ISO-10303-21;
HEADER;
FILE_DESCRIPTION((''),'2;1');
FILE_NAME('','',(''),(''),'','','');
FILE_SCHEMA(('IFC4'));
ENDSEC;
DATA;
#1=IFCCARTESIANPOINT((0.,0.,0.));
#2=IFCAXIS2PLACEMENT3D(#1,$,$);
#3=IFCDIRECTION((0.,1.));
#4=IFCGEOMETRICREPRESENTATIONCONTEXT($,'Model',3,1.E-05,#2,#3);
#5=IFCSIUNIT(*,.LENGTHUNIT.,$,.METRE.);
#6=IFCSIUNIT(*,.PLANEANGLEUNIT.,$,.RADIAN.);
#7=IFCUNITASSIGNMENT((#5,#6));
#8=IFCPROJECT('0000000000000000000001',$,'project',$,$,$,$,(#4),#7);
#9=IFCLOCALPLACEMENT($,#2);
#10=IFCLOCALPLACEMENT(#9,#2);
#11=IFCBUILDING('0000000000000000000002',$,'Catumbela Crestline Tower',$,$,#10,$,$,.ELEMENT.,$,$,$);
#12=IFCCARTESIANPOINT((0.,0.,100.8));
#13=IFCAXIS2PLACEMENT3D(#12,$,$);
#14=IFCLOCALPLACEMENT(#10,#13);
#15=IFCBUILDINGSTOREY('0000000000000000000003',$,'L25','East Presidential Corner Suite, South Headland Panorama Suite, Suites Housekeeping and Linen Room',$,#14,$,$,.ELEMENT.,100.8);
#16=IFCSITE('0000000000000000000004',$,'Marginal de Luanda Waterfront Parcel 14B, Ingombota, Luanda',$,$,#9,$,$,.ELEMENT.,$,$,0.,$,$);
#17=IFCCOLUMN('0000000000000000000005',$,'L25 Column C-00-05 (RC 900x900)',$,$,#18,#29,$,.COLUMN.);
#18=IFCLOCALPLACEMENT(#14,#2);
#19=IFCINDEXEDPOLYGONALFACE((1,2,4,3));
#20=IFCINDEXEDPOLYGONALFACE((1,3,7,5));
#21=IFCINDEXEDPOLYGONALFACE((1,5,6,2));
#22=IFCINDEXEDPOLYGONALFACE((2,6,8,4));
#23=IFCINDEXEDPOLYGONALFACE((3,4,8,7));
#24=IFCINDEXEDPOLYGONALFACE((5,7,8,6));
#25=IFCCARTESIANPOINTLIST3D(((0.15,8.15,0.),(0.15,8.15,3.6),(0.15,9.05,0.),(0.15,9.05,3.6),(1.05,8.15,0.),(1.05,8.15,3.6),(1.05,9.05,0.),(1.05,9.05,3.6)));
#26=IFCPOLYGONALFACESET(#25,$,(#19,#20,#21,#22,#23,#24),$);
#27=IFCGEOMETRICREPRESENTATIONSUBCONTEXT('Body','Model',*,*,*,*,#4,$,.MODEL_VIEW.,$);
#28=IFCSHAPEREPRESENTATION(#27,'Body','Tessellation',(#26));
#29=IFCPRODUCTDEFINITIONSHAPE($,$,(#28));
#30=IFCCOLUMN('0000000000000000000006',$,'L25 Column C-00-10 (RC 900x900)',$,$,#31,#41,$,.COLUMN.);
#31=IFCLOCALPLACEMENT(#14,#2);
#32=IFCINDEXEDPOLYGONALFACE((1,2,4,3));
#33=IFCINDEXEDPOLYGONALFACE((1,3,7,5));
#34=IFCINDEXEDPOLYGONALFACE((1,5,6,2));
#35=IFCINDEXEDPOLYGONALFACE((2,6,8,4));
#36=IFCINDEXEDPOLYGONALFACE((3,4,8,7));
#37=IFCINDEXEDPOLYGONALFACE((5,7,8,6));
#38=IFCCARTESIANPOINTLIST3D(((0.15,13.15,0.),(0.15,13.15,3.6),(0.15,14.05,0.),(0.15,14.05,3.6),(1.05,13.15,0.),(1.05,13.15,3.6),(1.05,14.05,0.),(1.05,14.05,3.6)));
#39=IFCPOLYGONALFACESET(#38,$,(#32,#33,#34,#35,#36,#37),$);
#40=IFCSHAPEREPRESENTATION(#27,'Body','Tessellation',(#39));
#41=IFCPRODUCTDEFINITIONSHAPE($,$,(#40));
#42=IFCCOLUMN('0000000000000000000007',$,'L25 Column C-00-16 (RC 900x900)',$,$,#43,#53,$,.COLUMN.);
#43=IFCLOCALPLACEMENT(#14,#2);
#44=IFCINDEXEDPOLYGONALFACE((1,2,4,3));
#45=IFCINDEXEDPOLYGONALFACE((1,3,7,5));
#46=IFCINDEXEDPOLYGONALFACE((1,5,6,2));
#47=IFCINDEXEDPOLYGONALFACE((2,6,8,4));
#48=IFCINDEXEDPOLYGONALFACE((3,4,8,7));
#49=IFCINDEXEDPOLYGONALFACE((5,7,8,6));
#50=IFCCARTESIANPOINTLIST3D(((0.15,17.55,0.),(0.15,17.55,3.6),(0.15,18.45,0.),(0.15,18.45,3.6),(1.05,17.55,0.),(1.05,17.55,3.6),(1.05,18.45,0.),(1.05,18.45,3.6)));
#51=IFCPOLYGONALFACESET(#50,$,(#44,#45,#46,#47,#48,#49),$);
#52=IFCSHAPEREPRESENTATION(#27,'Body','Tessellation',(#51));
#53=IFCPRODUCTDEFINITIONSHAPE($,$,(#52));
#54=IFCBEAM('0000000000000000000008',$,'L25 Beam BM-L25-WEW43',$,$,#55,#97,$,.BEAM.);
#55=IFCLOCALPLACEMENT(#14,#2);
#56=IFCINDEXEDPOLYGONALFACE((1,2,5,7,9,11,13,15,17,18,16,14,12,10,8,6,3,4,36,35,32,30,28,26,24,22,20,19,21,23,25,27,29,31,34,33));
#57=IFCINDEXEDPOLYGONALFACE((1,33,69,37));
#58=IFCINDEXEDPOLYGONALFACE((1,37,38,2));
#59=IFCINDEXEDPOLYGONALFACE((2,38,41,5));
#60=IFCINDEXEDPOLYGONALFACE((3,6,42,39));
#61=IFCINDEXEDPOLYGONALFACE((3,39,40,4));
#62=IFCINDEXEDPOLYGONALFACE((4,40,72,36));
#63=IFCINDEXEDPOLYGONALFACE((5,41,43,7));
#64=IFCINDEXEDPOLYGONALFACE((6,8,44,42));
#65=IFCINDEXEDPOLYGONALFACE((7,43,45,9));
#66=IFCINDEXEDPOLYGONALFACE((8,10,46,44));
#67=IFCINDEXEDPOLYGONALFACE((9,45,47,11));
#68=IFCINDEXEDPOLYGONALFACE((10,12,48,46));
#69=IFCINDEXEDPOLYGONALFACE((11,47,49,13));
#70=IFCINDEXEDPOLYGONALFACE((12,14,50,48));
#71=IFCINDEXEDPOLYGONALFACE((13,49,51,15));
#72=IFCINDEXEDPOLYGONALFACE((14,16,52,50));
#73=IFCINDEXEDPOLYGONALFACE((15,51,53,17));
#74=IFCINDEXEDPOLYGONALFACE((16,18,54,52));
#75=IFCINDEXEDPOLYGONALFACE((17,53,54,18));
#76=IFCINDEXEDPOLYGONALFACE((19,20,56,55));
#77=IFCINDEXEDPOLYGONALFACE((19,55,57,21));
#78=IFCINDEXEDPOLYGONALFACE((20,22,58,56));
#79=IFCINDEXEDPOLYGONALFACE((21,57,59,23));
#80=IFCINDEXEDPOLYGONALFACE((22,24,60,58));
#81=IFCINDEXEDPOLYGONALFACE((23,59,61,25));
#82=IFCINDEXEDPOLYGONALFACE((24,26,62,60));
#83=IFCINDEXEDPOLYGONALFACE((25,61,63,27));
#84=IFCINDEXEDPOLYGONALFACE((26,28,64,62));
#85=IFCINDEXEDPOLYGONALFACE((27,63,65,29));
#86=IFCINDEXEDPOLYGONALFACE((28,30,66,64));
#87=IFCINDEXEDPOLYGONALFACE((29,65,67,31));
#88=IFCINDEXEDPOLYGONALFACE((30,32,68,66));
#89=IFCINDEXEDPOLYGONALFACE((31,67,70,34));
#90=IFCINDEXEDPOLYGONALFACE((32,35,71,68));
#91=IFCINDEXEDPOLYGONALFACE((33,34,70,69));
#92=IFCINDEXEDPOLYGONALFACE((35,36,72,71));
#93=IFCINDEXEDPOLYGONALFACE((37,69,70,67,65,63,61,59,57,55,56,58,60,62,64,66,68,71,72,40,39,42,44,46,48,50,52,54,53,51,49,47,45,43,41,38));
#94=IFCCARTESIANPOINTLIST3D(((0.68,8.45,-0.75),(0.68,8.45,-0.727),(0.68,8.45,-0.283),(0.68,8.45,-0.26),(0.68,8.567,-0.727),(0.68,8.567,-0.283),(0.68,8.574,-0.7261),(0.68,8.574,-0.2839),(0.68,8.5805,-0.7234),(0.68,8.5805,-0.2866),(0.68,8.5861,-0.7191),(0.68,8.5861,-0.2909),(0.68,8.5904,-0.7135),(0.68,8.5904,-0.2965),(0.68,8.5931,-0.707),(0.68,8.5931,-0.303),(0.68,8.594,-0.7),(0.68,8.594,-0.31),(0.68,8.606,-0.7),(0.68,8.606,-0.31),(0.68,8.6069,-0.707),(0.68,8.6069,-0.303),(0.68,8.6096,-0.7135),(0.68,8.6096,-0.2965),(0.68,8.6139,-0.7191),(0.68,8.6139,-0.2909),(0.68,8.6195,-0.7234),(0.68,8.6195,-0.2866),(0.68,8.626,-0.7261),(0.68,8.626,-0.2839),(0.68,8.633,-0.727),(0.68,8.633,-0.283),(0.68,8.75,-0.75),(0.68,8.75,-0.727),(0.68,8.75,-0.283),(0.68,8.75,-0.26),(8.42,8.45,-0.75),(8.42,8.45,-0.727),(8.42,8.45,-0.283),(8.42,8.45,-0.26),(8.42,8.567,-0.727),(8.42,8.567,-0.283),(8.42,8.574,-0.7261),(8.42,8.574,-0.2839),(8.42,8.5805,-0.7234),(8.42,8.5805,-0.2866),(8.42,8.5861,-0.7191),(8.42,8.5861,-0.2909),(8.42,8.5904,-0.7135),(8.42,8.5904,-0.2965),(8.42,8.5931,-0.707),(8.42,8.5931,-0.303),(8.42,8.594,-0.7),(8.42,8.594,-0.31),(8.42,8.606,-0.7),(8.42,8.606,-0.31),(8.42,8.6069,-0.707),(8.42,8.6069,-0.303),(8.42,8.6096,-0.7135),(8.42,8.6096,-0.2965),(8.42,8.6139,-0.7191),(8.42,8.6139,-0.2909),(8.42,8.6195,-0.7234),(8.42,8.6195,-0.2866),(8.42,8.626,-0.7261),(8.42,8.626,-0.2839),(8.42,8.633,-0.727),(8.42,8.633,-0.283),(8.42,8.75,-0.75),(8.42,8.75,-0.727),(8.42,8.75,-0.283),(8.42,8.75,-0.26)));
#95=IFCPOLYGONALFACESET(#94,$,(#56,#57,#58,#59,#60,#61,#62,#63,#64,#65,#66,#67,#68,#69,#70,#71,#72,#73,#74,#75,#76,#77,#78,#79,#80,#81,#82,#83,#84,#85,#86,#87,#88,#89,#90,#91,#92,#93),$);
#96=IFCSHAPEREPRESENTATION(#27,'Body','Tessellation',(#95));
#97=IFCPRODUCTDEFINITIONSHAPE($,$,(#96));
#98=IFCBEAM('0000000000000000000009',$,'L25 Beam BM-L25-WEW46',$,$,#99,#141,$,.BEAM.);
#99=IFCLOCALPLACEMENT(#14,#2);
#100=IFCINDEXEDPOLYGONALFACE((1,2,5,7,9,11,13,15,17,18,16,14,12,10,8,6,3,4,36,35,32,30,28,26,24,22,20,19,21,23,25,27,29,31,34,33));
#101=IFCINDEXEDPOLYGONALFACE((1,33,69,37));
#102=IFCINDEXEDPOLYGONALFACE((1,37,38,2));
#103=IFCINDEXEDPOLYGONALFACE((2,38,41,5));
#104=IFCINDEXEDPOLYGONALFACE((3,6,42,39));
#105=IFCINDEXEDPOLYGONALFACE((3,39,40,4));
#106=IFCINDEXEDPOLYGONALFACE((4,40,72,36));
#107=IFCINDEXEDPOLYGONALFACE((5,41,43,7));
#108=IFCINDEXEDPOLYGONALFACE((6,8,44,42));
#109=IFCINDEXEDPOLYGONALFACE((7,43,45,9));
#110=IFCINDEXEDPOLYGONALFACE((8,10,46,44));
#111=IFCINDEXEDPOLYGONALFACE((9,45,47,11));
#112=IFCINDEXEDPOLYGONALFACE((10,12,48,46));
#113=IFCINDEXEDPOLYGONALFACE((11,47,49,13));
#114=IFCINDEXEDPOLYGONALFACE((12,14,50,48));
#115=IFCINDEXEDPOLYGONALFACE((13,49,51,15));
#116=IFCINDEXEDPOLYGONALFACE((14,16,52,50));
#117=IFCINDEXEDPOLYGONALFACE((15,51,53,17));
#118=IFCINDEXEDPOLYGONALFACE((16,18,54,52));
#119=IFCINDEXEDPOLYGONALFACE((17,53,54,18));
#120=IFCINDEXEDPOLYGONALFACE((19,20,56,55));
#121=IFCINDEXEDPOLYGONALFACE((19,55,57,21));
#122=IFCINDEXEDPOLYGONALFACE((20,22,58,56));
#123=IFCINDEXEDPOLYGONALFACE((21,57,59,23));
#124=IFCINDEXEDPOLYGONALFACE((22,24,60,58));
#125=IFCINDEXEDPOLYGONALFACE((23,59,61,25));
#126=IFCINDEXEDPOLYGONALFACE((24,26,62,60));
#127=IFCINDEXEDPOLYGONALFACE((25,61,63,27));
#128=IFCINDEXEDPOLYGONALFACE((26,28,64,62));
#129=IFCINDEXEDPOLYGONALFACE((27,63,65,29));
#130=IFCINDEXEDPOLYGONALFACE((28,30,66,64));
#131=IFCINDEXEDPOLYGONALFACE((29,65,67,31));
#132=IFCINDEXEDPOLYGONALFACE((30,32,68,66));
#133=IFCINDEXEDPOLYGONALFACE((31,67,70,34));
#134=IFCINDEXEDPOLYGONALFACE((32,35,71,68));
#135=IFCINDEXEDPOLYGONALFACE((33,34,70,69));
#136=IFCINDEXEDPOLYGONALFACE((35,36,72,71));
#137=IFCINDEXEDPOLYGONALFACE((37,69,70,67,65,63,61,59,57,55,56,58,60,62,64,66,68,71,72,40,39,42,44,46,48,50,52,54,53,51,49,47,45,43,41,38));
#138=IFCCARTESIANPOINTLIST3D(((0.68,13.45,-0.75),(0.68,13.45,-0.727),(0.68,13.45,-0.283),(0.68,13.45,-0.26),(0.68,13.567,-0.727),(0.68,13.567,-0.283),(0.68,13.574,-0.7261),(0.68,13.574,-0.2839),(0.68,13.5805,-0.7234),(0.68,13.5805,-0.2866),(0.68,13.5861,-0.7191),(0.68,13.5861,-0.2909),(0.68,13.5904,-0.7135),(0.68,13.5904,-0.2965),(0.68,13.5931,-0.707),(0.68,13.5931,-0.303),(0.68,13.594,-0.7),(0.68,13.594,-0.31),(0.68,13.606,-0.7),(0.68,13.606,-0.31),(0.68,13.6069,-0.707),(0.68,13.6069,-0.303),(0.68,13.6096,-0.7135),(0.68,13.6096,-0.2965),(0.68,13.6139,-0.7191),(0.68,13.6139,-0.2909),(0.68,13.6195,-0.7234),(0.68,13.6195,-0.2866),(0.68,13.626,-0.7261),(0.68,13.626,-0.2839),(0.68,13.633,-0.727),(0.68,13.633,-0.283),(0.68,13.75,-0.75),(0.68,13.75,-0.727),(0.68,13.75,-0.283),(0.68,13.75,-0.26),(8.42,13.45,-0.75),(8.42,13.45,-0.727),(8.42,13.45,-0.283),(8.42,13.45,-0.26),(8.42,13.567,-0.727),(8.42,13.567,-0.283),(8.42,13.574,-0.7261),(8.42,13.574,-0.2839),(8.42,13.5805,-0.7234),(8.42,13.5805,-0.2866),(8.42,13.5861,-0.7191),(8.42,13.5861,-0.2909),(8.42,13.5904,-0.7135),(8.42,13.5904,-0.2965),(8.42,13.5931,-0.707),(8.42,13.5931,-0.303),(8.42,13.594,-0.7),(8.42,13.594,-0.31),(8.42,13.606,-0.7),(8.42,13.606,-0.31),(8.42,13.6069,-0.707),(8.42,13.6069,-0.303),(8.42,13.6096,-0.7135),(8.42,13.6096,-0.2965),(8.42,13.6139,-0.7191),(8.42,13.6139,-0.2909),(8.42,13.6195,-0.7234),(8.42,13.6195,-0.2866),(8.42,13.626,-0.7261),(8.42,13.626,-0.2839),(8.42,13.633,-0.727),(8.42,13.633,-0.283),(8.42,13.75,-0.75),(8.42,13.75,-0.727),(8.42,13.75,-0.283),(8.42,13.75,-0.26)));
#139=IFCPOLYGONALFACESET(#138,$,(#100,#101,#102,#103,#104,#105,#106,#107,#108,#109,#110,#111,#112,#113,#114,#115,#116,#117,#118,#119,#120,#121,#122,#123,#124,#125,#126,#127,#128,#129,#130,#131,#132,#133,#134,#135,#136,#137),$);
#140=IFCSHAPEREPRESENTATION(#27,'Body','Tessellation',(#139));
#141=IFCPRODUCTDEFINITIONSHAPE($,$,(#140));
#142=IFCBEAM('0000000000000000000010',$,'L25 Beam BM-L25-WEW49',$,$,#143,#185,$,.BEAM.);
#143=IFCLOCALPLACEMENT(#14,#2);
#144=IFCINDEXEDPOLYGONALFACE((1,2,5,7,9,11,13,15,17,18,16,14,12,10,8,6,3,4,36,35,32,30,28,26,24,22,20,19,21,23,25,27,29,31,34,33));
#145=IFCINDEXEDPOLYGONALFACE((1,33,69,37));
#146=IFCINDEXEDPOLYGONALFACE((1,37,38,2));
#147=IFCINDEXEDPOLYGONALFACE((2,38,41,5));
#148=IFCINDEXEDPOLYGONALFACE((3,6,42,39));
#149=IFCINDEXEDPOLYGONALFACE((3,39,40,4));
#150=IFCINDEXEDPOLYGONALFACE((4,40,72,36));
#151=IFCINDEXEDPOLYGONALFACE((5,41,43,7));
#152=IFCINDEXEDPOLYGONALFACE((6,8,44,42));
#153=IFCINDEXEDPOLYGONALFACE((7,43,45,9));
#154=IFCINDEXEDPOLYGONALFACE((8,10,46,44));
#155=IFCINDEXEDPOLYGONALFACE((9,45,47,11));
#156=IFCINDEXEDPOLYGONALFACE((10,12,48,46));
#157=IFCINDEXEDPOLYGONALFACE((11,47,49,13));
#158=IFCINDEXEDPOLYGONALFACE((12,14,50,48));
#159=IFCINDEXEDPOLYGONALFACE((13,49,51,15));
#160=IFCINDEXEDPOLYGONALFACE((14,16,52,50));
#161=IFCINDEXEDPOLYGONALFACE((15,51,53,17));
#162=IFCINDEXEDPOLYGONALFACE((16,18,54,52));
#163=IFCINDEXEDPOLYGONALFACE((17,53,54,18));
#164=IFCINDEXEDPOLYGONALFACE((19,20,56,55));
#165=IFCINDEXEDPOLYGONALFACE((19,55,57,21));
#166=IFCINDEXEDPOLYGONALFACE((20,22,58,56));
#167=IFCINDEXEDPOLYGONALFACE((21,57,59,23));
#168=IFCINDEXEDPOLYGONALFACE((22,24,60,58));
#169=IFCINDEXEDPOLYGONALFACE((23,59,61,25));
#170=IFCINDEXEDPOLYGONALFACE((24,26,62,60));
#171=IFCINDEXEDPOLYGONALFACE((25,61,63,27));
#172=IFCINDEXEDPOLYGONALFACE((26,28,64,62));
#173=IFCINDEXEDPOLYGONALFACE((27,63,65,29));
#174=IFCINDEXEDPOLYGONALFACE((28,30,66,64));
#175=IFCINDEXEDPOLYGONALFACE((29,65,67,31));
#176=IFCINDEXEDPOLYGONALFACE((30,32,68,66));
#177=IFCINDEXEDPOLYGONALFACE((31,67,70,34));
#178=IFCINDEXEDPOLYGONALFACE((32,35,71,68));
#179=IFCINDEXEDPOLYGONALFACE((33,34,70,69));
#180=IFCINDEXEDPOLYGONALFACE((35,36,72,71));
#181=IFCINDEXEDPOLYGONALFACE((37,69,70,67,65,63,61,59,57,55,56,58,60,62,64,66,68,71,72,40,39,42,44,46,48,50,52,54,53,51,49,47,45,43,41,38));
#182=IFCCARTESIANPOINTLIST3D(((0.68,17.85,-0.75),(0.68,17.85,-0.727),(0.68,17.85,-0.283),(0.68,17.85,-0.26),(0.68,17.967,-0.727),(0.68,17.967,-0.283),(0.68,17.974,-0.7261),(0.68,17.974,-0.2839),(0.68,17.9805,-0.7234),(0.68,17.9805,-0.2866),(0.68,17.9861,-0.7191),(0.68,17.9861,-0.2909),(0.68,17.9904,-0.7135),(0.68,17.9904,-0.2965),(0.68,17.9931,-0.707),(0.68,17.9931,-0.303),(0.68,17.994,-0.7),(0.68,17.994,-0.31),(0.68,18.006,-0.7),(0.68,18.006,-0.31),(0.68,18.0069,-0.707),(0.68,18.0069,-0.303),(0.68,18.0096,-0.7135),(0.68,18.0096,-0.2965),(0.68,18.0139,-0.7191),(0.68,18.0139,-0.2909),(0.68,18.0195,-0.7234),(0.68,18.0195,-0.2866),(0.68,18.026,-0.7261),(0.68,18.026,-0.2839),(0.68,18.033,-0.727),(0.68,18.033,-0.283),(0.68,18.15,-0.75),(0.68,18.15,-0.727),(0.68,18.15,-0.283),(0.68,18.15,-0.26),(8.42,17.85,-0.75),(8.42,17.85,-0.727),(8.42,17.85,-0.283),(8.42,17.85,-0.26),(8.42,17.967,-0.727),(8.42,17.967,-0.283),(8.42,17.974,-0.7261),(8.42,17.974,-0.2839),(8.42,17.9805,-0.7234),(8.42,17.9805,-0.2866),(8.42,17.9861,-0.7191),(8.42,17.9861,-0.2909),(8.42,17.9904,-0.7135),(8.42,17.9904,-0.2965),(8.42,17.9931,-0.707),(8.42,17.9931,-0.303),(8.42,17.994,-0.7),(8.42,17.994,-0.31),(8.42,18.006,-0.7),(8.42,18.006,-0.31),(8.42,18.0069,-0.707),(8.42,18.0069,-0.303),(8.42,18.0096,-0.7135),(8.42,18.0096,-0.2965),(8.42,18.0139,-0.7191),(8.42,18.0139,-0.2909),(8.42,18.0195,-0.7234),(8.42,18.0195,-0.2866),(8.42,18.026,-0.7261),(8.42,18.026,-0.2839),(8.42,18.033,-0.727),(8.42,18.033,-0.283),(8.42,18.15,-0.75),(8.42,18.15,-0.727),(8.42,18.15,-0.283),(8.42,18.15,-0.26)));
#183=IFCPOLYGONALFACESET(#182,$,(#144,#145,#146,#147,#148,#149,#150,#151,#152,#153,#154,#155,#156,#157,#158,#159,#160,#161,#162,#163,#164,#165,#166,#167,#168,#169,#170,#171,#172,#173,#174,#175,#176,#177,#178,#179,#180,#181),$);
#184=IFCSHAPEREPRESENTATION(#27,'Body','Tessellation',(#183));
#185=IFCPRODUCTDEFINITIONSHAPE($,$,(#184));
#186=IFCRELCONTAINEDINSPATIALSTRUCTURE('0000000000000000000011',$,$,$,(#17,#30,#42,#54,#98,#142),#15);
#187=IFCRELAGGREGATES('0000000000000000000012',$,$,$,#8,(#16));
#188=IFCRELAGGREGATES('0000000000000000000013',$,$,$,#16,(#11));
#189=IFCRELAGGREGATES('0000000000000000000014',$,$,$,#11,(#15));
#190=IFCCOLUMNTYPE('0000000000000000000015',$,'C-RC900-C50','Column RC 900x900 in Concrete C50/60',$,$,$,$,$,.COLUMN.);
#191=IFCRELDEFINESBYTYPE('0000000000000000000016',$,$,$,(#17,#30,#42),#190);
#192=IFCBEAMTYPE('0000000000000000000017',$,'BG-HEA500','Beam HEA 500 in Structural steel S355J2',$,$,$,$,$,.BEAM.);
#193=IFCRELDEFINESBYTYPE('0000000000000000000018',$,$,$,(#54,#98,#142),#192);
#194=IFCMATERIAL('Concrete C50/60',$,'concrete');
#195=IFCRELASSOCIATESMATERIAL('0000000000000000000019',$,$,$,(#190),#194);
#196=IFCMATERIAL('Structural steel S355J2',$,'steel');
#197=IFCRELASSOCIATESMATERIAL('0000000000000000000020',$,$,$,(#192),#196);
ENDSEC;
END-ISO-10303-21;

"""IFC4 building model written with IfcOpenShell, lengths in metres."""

from ifc_helpers import new_model, si_unit, direction, frame, origin, origin_2d, place, context, subcontext, project, spatial, rectangle, i_section, extrude, material, material_profile, profile_set, type_object, element, save


model = new_model("IFC4")

# Units and contexts
model_context = context("Model", 3, precision=1e-05, world=origin(), true_north=direction((0.0, 1.0)))
body_context = subcontext(model_context, "Body", "Model", "MODEL_VIEW")
ifc_project = project(units=[si_unit("LENGTHUNIT", "METRE"), si_unit("PLANEANGLEUNIT", "RADIAN")], contexts=[model_context])

# Site, building, storey
site_placement = place(None, origin())
site = spatial("IfcSite", under=ifc_project, at=site_placement, Name="Marginal de Luanda Waterfront Parcel 14B, Ingombota, Luanda", CompositionType="ELEMENT", RefElevation=0.0)
building_placement = place(site_placement, origin())
building = spatial("IfcBuilding", under=site, at=building_placement, Name="Catumbela Crestline Tower", CompositionType="ELEMENT")
storey_placement = place(building_placement, frame((0.0, 0.0, 100.8)))
storey = spatial("IfcBuildingStorey", under=building, at=storey_placement, Name="L25", Description="East Presidential Corner Suite, South Headland Panorama Suite, Suites Housekeeping and Linen Room", CompositionType="ELEMENT", Elevation=100.8)

# Columns
ifc_material_1 = material(Name="Concrete C50/60", Category="concrete")
ifc_material_profile_1 = material_profile(ifc_material_1, rectangle(XDim=0.9, YDim=0.9, at=origin_2d()), Name="RC 900x900")
ifc_profile_set_1 = profile_set([ifc_material_profile_1], Name="Concrete C50/60")
column_type = type_object("IfcColumnType", Name="C-RC900-C50", Description="Column RC 900x900 in Concrete C50/60", PredefinedType="COLUMN", material=ifc_profile_set_1)
for number, where, z_axis, x_axis, name in (
    (1, (0.6, 8.6, 0.0), (0.0, 0.0, 1.0), (1.0, 0.0, 0.0), "L25 Column C-00-05 (RC 900x900)"),
    (2, (0.6, 13.6, 0.0), (0.0, 0.0, 1.0), (1.0, 0.0, 0.0), "L25 Column C-00-10 (RC 900x900)"),
    (3, (0.6, 18.0, 0.0), (0.0, 0.0, 1.0), (1.0, 0.0, 0.0), "L25 Column C-00-16 (RC 900x900)"),
):
    element("IfcColumn", number, at=place(storey_placement, frame(where, z_axis=z_axis, x_axis=x_axis)), inside=storey, type_object=column_type, Name=name, PredefinedType="COLUMN", context=body_context, shape_type="SweptSolid", body=[
        extrude(rectangle(XDim=0.9, YDim=0.9, at=origin_2d()), origin(), (0.0, 0.0, 1.0), 3.6),
    ])

# Beams
ifc_material_2 = material(Name="Structural steel S355J2", Category="steel")
ifc_material_profile_2 = material_profile(ifc_material_2, i_section(OverallWidth=0.3, OverallDepth=0.49, WebThickness=0.012, FlangeThickness=0.023, FilletRadius=0.027, at=origin_2d()), Name="HEA 500")
ifc_profile_set_2 = profile_set([ifc_material_profile_2], Name="Structural steel S355J2")
beam_type_1 = type_object("IfcBeamType", Name="BG-HEA500", Description="Beam HEA 500 in Structural steel S355J2", PredefinedType="BEAM", material=ifc_profile_set_2)
for number, where, z_axis, x_axis, name in (
    (4, (0.68, 8.6, -0.505), (1.0, 0.0, 0.0), (0.0, 1.0, 0.0), "L25 Beam BM-L25-WEW43"),
    (5, (0.68, 13.6, -0.505), (1.0, 0.0, 0.0), (0.0, 1.0, 0.0), "L25 Beam BM-L25-WEW46"),
    (6, (0.68, 18.0, -0.505), (1.0, 0.0, 0.0), (0.0, 1.0, 0.0), "L25 Beam BM-L25-WEW49"),
):
    element("IfcBeam", number, at=place(storey_placement, frame(where, z_axis=z_axis, x_axis=x_axis)), inside=storey, type_object=beam_type_1, Name=name, PredefinedType="BEAM", context=body_context, shape_type="SweptSolid", body=[
        extrude(i_section(OverallWidth=0.3, OverallDepth=0.49, WebThickness=0.012, FlangeThickness=0.023, FilletRadius=0.027, at=origin_2d()), origin(), (0.0, 0.0, 1.0), 7.74),
    ])

save(model, "model.ifc")
